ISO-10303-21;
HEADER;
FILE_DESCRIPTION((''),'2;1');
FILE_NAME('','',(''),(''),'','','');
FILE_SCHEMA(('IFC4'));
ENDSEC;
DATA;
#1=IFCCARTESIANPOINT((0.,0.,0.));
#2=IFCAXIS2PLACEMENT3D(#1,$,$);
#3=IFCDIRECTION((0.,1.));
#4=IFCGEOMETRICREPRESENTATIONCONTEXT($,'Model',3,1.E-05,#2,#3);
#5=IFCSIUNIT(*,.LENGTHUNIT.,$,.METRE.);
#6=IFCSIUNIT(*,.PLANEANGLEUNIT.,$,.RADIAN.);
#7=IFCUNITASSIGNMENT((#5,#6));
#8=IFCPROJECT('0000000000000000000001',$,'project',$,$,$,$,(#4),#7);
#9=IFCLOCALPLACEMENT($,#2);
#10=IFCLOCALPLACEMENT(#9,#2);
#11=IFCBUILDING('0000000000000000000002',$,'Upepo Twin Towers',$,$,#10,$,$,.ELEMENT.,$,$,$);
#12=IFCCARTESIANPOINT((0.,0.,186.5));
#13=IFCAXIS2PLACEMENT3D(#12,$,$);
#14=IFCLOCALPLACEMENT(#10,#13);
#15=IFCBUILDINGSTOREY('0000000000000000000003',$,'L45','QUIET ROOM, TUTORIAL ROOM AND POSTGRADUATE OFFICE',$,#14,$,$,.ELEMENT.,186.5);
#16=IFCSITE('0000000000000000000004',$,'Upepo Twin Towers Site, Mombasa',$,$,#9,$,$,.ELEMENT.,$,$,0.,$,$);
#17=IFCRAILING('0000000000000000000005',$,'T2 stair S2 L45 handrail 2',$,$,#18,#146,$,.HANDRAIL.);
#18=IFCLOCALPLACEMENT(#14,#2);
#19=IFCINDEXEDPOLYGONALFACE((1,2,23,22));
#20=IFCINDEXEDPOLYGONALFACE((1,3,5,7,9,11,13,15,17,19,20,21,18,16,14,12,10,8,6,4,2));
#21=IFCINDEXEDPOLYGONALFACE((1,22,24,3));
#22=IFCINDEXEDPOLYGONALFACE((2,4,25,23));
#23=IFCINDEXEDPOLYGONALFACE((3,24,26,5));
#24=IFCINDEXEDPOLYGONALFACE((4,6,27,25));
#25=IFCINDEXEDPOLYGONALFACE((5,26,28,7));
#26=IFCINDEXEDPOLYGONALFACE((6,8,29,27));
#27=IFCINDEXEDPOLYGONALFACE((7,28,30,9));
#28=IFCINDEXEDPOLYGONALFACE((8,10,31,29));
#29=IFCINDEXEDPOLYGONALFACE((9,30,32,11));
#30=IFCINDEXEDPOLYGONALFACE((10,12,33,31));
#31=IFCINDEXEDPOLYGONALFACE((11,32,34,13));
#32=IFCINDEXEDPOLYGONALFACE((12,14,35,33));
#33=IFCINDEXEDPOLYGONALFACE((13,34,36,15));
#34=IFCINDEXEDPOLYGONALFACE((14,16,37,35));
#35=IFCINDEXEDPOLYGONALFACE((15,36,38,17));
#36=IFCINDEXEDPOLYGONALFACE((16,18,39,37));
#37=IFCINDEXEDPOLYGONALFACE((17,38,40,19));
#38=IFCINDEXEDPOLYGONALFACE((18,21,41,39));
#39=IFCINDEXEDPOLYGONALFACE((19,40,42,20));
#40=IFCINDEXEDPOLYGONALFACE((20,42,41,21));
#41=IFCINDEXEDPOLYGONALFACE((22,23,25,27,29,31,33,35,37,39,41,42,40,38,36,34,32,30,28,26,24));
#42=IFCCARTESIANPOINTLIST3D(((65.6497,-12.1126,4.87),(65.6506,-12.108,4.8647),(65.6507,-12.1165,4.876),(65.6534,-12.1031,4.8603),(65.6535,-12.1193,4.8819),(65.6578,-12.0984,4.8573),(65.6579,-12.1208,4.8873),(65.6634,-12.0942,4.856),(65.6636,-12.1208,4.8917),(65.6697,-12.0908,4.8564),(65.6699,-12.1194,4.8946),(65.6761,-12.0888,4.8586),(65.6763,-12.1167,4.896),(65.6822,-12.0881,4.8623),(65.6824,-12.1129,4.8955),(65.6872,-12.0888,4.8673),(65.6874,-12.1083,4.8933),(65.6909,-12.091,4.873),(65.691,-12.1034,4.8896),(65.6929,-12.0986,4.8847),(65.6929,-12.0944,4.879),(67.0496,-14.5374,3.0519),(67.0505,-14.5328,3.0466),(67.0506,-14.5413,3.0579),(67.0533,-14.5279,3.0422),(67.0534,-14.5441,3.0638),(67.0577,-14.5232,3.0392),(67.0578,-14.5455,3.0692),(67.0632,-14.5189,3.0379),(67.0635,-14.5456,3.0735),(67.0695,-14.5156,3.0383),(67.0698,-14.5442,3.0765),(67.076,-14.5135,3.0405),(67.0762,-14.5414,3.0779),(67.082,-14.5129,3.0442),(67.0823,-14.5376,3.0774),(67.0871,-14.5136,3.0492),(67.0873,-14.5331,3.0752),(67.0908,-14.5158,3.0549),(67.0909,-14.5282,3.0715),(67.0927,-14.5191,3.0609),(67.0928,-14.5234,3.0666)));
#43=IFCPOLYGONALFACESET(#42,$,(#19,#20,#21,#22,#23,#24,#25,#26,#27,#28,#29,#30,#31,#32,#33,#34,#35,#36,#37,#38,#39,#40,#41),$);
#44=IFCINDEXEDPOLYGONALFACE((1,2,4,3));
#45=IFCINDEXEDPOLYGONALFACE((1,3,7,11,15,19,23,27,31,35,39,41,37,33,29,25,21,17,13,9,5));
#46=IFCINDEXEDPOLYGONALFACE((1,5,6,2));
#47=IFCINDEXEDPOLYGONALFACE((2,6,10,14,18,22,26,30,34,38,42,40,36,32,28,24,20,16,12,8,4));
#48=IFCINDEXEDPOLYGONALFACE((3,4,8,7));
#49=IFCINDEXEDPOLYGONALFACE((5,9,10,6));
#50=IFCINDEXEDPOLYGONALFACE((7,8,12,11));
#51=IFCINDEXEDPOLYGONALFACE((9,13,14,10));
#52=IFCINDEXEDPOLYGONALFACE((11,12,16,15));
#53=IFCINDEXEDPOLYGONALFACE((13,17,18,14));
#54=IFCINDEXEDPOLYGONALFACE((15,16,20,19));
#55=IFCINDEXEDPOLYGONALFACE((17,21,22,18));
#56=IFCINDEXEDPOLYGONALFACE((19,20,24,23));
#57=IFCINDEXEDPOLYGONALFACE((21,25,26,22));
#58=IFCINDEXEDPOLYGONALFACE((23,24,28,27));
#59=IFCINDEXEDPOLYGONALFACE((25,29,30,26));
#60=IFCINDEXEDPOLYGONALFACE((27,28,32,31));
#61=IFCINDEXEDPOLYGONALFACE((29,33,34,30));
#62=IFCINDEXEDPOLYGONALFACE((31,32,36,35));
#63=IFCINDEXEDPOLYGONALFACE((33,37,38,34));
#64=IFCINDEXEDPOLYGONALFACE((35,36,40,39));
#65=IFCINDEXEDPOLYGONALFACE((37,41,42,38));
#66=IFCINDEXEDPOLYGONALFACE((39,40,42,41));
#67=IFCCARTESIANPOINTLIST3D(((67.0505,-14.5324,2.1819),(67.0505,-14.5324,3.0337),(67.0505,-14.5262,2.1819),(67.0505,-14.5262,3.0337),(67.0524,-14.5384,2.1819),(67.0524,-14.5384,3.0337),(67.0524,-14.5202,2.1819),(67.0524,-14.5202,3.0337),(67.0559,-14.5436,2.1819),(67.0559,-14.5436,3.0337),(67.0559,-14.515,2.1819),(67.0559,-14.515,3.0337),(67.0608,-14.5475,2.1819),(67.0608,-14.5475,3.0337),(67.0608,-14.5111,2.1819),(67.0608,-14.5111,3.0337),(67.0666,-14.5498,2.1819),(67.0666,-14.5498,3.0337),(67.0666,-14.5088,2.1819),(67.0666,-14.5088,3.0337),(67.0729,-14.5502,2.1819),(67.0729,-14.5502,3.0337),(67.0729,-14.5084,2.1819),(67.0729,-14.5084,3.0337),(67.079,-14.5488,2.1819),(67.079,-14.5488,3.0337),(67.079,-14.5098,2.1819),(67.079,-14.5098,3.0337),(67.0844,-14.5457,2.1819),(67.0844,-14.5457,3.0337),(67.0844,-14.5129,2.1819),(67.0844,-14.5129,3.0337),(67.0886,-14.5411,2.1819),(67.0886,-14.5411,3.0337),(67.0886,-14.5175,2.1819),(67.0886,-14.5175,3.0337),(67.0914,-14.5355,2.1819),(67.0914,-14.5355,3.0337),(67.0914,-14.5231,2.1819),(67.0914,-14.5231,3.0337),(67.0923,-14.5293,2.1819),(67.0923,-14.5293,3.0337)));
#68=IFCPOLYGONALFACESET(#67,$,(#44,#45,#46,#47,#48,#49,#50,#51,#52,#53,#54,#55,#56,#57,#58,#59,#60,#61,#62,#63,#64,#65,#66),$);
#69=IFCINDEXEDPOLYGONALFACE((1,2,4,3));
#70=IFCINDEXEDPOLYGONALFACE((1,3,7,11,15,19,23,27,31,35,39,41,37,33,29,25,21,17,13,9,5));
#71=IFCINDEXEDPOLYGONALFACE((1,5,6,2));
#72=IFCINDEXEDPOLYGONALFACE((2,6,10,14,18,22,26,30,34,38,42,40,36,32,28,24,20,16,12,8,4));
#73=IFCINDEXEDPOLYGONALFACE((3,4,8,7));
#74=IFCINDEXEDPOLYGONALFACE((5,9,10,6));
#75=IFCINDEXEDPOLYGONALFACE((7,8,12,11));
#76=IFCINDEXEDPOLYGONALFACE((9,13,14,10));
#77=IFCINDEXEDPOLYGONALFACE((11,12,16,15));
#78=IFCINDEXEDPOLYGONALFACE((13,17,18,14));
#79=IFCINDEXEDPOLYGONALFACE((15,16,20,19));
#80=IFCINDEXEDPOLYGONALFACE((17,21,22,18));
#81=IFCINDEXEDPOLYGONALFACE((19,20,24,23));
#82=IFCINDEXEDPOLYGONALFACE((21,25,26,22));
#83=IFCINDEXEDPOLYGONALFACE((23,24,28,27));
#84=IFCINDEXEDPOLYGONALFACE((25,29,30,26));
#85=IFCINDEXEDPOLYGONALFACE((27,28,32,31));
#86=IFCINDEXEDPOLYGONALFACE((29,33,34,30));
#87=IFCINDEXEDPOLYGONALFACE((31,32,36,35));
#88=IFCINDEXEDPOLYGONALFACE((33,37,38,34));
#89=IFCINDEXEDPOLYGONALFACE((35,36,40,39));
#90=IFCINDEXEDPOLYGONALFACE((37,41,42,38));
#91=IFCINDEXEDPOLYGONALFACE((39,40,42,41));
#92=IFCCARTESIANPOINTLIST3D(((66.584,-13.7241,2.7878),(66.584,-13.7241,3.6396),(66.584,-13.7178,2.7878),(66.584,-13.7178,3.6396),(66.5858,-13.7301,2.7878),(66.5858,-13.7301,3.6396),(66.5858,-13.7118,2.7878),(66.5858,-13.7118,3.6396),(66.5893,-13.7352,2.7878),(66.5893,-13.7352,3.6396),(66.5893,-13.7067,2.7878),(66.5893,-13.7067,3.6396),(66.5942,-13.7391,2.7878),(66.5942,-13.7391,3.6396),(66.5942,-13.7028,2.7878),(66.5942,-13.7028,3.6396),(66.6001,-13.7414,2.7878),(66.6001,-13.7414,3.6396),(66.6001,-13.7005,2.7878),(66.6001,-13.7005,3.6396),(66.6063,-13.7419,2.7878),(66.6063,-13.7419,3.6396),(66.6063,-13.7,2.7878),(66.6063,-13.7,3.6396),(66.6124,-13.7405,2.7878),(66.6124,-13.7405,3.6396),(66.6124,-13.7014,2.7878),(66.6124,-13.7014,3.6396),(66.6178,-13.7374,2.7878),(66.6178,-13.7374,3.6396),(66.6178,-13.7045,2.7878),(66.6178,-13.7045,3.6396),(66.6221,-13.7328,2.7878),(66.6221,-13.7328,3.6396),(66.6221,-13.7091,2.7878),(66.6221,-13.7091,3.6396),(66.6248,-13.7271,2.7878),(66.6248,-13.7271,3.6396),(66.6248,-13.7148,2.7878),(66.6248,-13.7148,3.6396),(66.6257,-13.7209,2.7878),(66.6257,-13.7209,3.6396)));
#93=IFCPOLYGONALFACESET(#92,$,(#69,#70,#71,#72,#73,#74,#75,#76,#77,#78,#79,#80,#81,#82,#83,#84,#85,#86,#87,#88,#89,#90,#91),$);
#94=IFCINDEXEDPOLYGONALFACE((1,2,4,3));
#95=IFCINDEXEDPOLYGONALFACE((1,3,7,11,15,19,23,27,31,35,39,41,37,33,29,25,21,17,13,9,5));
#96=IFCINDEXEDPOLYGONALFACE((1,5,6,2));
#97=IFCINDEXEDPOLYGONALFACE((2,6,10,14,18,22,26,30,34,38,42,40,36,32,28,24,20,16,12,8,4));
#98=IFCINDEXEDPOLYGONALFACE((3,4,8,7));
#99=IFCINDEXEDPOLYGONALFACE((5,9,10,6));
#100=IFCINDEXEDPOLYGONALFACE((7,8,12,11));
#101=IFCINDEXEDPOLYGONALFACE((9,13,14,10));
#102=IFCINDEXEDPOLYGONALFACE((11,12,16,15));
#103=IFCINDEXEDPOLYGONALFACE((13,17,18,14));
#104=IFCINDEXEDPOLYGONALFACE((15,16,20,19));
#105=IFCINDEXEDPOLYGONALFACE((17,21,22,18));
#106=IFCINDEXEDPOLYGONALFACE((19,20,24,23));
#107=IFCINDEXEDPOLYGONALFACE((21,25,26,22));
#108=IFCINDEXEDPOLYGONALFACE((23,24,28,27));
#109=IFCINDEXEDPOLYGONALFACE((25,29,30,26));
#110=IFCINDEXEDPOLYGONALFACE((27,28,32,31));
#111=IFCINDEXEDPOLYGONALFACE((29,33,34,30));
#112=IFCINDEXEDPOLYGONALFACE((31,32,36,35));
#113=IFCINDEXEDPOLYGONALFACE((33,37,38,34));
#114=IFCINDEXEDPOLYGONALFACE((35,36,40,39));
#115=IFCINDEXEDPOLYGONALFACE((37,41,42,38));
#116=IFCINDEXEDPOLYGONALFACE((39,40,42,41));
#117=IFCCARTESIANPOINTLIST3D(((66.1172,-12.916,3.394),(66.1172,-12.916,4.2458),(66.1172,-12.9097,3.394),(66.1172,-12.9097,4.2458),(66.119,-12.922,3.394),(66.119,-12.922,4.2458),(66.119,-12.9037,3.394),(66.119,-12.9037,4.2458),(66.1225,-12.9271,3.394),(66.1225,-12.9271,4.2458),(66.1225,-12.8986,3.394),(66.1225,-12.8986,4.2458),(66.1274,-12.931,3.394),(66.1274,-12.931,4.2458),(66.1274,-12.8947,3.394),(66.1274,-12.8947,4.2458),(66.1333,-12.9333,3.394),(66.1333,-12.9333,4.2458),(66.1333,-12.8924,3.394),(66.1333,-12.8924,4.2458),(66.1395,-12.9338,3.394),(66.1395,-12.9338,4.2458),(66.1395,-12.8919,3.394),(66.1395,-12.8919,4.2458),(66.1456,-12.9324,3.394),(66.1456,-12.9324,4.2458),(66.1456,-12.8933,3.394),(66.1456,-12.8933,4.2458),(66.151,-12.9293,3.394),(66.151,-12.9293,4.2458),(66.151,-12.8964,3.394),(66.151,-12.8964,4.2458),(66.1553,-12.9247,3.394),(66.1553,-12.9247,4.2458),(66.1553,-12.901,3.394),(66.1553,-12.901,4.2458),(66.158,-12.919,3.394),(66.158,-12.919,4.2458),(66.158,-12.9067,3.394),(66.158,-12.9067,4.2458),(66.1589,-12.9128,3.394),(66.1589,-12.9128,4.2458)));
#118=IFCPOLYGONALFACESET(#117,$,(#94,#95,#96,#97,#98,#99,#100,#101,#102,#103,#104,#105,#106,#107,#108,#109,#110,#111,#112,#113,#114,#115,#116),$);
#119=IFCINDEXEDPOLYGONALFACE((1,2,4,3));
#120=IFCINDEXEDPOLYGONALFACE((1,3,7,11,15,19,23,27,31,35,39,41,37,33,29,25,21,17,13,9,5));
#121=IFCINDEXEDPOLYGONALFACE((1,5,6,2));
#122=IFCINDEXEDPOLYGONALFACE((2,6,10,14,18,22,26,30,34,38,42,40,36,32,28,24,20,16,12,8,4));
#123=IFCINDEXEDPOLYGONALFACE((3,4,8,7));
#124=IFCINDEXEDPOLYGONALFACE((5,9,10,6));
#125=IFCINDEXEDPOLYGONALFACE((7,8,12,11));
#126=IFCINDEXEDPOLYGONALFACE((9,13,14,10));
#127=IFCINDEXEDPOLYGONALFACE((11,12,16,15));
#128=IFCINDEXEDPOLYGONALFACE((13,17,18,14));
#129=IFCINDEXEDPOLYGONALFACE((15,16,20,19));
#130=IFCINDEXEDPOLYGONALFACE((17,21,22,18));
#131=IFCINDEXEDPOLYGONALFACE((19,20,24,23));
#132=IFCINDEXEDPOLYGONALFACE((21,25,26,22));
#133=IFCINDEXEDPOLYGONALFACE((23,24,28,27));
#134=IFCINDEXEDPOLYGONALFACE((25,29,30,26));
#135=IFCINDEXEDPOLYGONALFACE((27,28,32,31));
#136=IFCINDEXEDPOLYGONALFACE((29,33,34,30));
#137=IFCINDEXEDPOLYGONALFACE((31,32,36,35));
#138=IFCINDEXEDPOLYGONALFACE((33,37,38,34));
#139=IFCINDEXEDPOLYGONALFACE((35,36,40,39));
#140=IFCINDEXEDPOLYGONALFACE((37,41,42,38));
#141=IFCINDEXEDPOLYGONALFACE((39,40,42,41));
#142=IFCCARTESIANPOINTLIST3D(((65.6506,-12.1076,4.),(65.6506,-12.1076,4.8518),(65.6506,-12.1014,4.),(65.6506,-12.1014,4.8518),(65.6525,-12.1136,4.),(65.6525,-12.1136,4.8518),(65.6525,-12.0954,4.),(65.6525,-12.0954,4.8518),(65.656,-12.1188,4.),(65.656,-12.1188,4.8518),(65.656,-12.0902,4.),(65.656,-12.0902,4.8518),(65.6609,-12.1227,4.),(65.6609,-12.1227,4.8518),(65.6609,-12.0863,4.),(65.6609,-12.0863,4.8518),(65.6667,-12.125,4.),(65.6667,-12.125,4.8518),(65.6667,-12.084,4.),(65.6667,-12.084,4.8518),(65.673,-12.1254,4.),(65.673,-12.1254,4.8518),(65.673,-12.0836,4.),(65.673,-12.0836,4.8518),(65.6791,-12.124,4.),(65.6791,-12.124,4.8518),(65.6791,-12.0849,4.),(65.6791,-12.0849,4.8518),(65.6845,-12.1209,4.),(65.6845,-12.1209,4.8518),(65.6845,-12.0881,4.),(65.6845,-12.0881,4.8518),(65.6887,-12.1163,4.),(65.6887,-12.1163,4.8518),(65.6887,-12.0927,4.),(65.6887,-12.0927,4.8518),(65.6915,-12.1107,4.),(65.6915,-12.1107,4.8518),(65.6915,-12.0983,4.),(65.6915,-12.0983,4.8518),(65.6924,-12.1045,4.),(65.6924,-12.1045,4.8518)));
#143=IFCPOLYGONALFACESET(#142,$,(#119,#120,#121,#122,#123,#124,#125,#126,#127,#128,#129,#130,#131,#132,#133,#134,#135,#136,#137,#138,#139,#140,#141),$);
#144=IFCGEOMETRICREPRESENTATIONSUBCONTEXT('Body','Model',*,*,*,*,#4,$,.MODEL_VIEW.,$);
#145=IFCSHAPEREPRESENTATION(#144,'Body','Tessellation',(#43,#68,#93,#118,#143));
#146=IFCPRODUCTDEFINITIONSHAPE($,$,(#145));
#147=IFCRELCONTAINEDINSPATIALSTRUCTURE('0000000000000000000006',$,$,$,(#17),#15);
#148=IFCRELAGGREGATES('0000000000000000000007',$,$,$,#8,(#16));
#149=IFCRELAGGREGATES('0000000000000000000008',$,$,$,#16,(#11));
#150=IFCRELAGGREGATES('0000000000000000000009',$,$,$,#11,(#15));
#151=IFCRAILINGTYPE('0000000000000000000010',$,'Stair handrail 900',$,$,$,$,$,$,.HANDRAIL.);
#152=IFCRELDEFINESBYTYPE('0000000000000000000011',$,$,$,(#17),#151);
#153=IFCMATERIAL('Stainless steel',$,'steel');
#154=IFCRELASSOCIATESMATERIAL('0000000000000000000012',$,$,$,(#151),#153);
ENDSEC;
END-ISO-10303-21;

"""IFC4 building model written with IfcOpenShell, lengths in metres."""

from ifc_helpers import new_model, si_unit, direction, frame, origin, origin_2d, place, context, subcontext, project, spatial, circle, extrude, material, type_object, element, save


model = new_model("IFC4")

# Units and contexts
model_context = context("Model", 3, precision=1e-05, world=origin(), true_north=direction((0.0, 1.0)))
body_context = subcontext(model_context, "Body", "Model", "MODEL_VIEW")
ifc_project = project(units=[si_unit("LENGTHUNIT", "METRE"), si_unit("PLANEANGLEUNIT", "RADIAN")], contexts=[model_context])

# Site, building, storey
site_placement = place(None, origin())
site = spatial("IfcSite", under=ifc_project, at=site_placement, Name="Upepo Twin Towers Site, Mombasa", CompositionType="ELEMENT", RefElevation=0.0)
building_placement = place(site_placement, origin())
building = spatial("IfcBuilding", under=site, at=building_placement, Name="Upepo Twin Towers", CompositionType="ELEMENT")
storey_placement = place(building_placement, frame((0.0, 0.0, 186.5)))
storey = spatial("IfcBuildingStorey", under=building, at=storey_placement, Name="L45", Description="QUIET ROOM, TUTORIAL ROOM AND POSTGRADUATE OFFICE", CompositionType="ELEMENT", Elevation=186.5)

# Railing
ifc_material_1 = material(Name="Stainless steel", Category="steel")
railing_type = type_object("IfcRailingType", Name="Stair handrail 900", PredefinedType="HANDRAIL", material=ifc_material_1)
railing_1_placement = place(storey_placement, frame((67.0713, -14.5293, 2.1819)))
element("IfcRailing", 1, at=railing_1_placement, inside=storey, type_object=railing_type, Name="T2 stair S2 L45 handrail 2", PredefinedType="HANDRAIL", context=body_context, shape_type="SweptSolid", body=[
    extrude(circle(Radius=0.0239, at=origin_2d()), frame((0.0, 0.0, 0.876), z_axis=(-0.419333, 0.726336, 0.544606), x_axis=(-0.866035, -0.499984, 0.0)), (0.0, 0.0, 1.0), 3.3384),
    extrude(circle(Radius=0.021, at=origin_2d()), origin(), (0.0, 0.0, 1.0), 0.8518),
    extrude(circle(Radius=0.021, at=origin_2d()), frame((-0.4666, 0.8083, 0.606)), (0.0, 0.0, 1.0), 0.8518),
    extrude(circle(Radius=0.021, at=origin_2d()), frame((-0.9333, 1.6165, 1.2122)), (0.0, 0.0, 1.0), 0.8518),
    extrude(circle(Radius=0.021, at=origin_2d()), frame((-1.3999, 2.4248, 1.8181)), (0.0, 0.0, 1.0), 0.8518),
])

save(model, "model.ifc")
